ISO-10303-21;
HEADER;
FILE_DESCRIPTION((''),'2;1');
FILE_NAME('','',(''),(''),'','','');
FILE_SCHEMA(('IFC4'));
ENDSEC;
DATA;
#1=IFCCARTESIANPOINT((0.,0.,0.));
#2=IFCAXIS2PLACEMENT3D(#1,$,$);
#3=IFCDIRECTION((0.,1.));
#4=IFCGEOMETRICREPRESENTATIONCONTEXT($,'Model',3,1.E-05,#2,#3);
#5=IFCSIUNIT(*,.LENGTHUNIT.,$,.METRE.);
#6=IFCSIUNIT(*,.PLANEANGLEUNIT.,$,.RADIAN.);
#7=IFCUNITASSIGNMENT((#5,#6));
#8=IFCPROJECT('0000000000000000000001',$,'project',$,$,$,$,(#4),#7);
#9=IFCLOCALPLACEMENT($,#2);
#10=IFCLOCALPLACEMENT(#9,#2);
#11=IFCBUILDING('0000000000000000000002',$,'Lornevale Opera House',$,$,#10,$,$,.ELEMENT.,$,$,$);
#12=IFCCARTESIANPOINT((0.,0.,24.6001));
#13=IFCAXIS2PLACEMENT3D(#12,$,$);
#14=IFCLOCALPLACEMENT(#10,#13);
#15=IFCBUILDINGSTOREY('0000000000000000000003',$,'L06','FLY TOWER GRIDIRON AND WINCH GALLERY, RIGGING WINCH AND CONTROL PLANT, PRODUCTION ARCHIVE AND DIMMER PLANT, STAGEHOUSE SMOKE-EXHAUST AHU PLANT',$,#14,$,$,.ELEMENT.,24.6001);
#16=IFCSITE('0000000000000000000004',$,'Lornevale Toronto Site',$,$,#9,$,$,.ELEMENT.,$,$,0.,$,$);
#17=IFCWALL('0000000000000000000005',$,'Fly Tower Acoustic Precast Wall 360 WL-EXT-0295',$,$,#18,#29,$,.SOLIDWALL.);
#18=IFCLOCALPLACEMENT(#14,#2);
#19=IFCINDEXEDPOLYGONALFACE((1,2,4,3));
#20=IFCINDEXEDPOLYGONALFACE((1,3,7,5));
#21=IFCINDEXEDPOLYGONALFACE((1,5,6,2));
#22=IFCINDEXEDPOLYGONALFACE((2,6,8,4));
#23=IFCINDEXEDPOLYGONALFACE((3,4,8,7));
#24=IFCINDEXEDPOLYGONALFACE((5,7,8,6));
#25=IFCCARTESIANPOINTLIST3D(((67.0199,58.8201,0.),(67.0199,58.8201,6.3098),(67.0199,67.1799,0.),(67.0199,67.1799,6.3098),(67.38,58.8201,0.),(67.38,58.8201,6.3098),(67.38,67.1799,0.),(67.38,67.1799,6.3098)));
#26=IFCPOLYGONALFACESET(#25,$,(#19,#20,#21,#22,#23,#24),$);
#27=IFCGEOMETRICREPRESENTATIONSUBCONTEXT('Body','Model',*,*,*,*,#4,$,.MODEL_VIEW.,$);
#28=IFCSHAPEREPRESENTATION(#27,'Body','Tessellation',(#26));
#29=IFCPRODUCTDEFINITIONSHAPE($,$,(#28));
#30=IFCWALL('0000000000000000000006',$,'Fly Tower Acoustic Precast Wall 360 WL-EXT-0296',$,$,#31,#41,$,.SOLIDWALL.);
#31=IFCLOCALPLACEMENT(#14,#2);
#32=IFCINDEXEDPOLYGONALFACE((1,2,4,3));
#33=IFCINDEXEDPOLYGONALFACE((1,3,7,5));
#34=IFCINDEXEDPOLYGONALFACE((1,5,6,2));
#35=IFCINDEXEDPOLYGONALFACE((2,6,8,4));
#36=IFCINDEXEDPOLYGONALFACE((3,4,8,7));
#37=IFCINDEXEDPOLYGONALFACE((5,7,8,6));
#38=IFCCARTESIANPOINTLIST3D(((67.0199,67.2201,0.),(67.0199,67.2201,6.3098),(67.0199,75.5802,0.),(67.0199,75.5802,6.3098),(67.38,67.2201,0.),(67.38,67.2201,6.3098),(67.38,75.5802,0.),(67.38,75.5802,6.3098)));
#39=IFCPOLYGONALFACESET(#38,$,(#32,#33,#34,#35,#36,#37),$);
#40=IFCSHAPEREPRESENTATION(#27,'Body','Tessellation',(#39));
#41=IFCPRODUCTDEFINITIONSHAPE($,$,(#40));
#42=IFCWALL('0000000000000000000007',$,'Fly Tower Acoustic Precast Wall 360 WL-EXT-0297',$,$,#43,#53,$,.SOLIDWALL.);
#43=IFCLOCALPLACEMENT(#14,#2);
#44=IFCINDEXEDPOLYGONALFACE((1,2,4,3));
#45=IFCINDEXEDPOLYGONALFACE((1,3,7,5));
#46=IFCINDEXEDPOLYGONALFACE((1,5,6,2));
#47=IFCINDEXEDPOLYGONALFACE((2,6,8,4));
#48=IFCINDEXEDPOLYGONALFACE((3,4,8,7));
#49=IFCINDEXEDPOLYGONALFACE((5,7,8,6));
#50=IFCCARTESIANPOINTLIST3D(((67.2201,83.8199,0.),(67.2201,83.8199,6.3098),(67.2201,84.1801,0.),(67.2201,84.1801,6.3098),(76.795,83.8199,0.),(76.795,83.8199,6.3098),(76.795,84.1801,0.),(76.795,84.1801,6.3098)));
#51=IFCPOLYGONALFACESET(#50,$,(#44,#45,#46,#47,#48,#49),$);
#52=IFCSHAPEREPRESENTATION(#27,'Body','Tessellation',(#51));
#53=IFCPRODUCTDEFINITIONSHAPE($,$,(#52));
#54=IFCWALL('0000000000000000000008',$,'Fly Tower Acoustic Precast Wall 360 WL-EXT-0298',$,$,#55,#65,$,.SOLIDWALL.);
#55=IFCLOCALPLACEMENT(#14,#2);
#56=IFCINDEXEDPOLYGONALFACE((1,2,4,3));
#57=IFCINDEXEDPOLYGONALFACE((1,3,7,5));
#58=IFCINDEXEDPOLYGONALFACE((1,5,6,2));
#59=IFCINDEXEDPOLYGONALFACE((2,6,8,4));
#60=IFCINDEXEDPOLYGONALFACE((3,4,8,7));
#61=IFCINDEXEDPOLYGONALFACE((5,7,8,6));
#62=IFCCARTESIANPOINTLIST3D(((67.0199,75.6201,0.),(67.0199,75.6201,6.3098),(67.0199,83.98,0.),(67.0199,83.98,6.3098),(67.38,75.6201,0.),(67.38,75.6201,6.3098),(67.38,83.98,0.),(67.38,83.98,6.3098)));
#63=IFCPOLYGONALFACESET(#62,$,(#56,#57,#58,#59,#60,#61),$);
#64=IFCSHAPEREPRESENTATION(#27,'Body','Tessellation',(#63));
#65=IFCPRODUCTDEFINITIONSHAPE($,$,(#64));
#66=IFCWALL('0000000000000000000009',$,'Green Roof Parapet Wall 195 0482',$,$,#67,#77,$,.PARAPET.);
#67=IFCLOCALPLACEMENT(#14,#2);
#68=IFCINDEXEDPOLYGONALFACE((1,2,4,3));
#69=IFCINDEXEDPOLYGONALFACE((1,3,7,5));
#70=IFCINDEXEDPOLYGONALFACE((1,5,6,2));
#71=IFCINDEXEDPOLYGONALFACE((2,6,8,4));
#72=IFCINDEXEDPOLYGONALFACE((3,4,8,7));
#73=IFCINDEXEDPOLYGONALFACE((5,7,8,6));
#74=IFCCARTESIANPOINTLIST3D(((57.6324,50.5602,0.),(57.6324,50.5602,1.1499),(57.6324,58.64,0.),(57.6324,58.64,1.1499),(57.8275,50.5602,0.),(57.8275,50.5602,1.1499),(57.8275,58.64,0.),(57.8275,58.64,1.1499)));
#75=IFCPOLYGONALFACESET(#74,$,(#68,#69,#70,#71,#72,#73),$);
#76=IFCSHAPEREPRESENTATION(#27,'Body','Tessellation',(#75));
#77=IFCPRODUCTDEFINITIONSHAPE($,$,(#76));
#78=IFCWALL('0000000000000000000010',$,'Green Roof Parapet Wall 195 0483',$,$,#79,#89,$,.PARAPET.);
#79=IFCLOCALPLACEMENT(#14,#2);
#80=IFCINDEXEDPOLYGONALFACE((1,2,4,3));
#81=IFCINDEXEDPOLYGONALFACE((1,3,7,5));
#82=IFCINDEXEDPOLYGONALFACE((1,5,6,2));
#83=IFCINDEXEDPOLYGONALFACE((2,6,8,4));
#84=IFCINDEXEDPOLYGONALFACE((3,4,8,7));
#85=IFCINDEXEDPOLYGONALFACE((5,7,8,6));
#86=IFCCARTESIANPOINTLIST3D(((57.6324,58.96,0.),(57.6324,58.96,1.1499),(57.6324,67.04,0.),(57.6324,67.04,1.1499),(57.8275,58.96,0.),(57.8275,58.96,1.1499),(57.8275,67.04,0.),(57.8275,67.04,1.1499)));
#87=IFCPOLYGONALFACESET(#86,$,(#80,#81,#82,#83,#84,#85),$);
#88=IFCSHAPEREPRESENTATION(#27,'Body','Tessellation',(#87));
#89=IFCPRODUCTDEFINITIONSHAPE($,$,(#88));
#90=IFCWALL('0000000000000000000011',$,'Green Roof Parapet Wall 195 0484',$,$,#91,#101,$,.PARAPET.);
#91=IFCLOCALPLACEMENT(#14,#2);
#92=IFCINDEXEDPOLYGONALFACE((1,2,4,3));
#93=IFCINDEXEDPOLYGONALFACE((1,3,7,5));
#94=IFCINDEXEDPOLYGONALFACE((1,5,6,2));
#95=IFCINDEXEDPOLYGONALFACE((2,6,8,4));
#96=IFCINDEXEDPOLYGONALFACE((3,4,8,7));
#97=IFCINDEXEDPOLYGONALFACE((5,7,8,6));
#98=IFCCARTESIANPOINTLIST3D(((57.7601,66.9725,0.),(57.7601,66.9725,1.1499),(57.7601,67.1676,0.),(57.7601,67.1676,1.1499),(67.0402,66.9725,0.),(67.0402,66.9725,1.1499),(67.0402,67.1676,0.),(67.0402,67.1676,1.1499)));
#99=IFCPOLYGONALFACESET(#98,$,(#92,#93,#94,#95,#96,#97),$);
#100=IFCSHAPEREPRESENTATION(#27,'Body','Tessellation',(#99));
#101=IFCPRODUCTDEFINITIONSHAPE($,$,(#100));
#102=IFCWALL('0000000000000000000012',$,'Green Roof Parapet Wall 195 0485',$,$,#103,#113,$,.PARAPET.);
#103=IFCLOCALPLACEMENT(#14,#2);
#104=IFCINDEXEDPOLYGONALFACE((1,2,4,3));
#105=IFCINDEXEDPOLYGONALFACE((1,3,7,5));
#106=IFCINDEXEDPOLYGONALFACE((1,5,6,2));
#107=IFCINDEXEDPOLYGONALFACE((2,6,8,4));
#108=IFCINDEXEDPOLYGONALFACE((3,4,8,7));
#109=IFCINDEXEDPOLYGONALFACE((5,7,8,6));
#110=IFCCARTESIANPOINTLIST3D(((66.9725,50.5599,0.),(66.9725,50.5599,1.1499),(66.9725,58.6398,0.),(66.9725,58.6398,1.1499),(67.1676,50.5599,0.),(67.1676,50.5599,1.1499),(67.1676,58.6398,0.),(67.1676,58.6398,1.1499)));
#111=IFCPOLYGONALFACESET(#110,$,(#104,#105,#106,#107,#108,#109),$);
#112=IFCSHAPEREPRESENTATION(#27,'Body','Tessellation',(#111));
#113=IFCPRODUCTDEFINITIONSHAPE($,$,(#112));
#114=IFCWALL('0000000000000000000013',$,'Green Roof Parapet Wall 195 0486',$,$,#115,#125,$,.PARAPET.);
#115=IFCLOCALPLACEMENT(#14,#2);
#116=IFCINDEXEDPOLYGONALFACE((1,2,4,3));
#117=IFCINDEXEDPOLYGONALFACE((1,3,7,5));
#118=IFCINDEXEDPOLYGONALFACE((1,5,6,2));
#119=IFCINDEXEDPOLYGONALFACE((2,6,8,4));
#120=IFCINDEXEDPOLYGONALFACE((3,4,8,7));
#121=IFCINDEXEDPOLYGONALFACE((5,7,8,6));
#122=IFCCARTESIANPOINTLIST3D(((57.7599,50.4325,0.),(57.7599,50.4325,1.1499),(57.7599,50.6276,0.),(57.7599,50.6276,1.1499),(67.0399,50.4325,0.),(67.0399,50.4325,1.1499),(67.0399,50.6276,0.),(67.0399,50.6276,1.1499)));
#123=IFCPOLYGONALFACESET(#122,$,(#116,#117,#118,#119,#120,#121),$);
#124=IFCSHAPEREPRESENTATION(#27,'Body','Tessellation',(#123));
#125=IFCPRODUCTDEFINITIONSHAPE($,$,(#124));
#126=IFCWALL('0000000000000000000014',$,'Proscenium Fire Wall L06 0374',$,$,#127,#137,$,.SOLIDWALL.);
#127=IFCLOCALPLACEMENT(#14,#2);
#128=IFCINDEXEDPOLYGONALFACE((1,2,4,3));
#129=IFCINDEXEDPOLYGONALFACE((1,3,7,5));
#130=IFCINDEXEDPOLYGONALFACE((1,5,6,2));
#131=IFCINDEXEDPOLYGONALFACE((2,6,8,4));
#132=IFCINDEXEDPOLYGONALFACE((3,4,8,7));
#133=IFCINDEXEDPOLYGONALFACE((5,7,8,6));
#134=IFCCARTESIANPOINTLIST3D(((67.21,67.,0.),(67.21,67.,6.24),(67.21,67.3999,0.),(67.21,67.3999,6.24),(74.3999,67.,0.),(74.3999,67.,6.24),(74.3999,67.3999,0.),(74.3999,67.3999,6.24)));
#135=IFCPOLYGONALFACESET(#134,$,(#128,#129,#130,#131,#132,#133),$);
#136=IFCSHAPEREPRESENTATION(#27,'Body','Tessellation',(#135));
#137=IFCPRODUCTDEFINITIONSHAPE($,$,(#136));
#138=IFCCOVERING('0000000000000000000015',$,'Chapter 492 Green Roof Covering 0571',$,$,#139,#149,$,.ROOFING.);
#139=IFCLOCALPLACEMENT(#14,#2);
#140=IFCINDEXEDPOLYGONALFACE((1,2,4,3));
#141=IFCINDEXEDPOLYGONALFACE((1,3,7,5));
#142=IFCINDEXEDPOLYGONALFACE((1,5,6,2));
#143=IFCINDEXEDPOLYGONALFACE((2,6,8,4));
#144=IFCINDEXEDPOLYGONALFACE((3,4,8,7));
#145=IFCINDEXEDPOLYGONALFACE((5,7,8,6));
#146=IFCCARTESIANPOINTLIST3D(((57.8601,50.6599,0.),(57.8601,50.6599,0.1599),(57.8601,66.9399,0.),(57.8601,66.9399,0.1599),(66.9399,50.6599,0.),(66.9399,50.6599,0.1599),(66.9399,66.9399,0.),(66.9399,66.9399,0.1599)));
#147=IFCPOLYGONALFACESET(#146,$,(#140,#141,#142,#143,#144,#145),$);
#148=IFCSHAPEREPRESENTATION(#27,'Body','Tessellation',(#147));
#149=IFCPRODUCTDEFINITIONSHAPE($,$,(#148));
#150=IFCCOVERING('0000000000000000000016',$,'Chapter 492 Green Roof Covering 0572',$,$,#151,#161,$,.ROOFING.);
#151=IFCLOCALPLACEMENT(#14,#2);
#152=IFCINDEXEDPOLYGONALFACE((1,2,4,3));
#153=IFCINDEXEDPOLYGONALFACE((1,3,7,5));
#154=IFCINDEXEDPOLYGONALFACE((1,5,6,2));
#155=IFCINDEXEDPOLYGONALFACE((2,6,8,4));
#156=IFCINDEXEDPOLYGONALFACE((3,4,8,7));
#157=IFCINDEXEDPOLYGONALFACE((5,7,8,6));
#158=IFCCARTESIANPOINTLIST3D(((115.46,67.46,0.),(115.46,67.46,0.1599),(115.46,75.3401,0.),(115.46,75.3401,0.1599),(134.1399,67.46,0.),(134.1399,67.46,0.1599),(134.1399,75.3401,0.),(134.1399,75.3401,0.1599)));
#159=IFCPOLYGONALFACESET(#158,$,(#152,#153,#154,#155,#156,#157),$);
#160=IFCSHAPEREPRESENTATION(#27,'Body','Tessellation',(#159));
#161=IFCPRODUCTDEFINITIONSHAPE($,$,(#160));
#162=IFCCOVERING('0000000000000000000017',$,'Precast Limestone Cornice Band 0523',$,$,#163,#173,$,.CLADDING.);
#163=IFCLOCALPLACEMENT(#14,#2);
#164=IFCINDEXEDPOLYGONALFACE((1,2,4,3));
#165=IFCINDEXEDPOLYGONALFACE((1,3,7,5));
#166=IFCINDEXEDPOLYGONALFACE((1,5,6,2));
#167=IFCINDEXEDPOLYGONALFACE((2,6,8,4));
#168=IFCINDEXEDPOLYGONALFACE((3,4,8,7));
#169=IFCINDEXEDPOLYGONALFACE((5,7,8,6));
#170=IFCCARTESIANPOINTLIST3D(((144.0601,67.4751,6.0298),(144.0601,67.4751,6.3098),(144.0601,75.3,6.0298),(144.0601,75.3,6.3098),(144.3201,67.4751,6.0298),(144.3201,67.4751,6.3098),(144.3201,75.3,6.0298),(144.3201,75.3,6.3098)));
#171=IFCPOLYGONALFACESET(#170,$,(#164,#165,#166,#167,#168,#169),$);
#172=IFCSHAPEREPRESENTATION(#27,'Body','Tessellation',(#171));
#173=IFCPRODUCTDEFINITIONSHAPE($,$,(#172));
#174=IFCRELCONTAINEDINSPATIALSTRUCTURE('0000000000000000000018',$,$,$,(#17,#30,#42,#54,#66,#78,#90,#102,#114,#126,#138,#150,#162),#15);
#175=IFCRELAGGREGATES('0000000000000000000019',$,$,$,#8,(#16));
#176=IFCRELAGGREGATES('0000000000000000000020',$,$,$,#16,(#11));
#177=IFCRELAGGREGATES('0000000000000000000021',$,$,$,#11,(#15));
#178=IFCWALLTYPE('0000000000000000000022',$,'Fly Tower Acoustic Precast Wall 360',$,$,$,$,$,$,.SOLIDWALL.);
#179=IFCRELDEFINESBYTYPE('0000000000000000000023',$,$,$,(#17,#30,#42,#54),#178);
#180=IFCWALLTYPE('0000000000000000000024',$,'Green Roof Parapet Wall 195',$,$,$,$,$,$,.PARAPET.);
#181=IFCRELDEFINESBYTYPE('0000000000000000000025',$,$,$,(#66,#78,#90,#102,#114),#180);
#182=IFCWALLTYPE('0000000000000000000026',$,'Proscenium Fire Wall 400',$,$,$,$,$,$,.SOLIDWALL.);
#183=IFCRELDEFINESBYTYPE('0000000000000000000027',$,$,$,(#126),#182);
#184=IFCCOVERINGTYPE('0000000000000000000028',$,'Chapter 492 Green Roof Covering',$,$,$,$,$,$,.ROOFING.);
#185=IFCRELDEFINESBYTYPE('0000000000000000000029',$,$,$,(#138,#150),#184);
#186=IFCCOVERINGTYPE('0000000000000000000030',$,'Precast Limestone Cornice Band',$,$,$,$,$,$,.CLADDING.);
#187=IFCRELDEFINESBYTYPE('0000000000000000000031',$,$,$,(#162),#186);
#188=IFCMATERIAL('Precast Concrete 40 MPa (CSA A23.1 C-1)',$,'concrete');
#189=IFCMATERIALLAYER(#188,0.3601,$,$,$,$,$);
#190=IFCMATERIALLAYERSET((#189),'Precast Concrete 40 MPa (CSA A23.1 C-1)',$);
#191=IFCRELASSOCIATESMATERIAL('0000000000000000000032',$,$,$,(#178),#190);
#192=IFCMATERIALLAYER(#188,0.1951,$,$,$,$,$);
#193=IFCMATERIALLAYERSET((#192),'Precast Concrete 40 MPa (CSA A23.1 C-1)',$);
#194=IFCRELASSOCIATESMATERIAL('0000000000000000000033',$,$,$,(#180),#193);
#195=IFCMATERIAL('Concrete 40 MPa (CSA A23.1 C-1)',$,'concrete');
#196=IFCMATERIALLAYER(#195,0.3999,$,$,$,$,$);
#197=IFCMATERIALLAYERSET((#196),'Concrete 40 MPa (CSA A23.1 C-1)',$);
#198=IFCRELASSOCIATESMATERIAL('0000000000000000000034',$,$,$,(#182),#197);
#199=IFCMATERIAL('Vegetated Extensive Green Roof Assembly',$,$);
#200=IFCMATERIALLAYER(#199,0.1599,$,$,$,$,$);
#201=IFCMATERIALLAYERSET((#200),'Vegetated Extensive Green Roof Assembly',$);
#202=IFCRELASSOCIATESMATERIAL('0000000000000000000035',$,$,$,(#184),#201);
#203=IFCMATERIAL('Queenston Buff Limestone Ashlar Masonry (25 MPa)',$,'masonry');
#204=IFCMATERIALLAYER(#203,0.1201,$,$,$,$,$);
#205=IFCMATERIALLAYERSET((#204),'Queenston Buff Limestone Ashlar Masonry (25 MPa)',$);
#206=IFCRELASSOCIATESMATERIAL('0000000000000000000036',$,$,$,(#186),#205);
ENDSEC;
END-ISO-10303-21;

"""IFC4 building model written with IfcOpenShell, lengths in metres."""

from ifc_helpers import new_model, si_unit, direction, frame, frame_2d, origin, place, context, subcontext, project, spatial, polyline, rectangle, outline, extrude, material, layer, layer_set, type_object, element, save


model = new_model("IFC4")

# Units and contexts
model_context = context("Model", 3, precision=1e-05, world=origin(), true_north=direction((0.0, 1.0)))
body_context = subcontext(model_context, "Body", "Model", "MODEL_VIEW")
ifc_project = project(units=[si_unit("LENGTHUNIT", "METRE"), si_unit("PLANEANGLEUNIT", "RADIAN")], contexts=[model_context])

# Site, building, storey
site_placement = place(None, origin())
site = spatial("IfcSite", under=ifc_project, at=site_placement, Name="Lornevale Toronto Site", CompositionType="ELEMENT", RefElevation=0.0)
building_placement = place(site_placement, origin())
building = spatial("IfcBuilding", under=site, at=building_placement, Name="Lornevale Opera House", CompositionType="ELEMENT")
storey_placement = place(building_placement, frame((0.0, 0.0, 24.6001)))
storey = spatial("IfcBuildingStorey", under=building, at=storey_placement, Name="L06", Description="FLY TOWER GRIDIRON AND WINCH GALLERY, RIGGING WINCH AND CONTROL PLANT, PRODUCTION ARCHIVE AND DIMMER PLANT, STAGEHOUSE SMOKE-EXHAUST AHU PLANT", CompositionType="ELEMENT", Elevation=24.6001)

# Walls
ifc_material_1 = material(Name="Precast Concrete 40 MPa (CSA A23.1 C-1)", Category="concrete")
ifc_layer_1 = layer(ifc_material_1, 0.3601)
ifc_layer_set_1 = layer_set([ifc_layer_1], Name="Precast Concrete 40 MPa (CSA A23.1 C-1)")
wall_type_1 = type_object("IfcWallType", Name="Fly Tower Acoustic Precast Wall 360", PredefinedType="SOLIDWALL", material=ifc_layer_set_1)
wall_1_placement = place(storey_placement, frame((67.2, 58.8201, 0.0), z_axis=(0.0, 0.0, 1.0), x_axis=(0.0, 1.0, 0.0)))
element("IfcWall", 1, at=wall_1_placement, inside=storey, type_object=wall_type_1, Name="Fly Tower Acoustic Precast Wall 360 WL-EXT-0295", PredefinedType="SOLIDWALL", context=body_context, shape_type="SweptSolid", body=[
    extrude(rectangle(XDim=8.3599, YDim=0.3601, at=frame_2d((4.1799, 0.0))), origin(), (0.0, 0.0, 1.0), 6.3098),
])
wall_2_placement = place(storey_placement, frame((67.2, 67.22, 0.0), z_axis=(0.0, 0.0, 1.0), x_axis=(0.0, 1.0, 0.0)))
element("IfcWall", 2, at=wall_2_placement, inside=storey, type_object=wall_type_1, Name="Fly Tower Acoustic Precast Wall 360 WL-EXT-0296", PredefinedType="SOLIDWALL", context=body_context, shape_type="SweptSolid", body=[
    extrude(rectangle(XDim=8.3601, YDim=0.3601, at=frame_2d((4.1802, 0.0))), origin(), (0.0, 0.0, 1.0), 6.3098),
])
wall_3_placement = place(storey_placement, frame((67.22, 84.0, 0.0), z_axis=(0.0, 0.0, 1.0), x_axis=(1.0, 0.0, 0.0)))
element("IfcWall", 3, at=wall_3_placement, inside=storey, type_object=wall_type_1, Name="Fly Tower Acoustic Precast Wall 360 WL-EXT-0297", PredefinedType="SOLIDWALL", context=body_context, shape_type="SweptSolid", body=[
    extrude(rectangle(XDim=9.575, YDim=0.3601, at=frame_2d((4.7876, 0.0))), origin(), (0.0, 0.0, 1.0), 6.3098),
])
wall_4_placement = place(storey_placement, frame((67.2, 75.6201, 0.0), z_axis=(0.0, 0.0, 1.0), x_axis=(0.0, 1.0, 0.0)))
element("IfcWall", 4, at=wall_4_placement, inside=storey, type_object=wall_type_1, Name="Fly Tower Acoustic Precast Wall 360 WL-EXT-0298", PredefinedType="SOLIDWALL", context=body_context, shape_type="SweptSolid", body=[
    extrude(rectangle(XDim=8.3599, YDim=0.3601, at=frame_2d((4.1799, 0.0))), origin(), (0.0, 0.0, 1.0), 6.3098),
])
ifc_layer_2 = layer(ifc_material_1, 0.1951)
ifc_layer_set_2 = layer_set([ifc_layer_2], Name="Precast Concrete 40 MPa (CSA A23.1 C-1)")
wall_type_2 = type_object("IfcWallType", Name="Green Roof Parapet Wall 195", PredefinedType="PARAPET", material=ifc_layer_set_2)
wall_5_placement = place(storey_placement, frame((57.73, 50.5601, 0.0), z_axis=(0.0, 0.0, 1.0), x_axis=(0.0, 1.0, 0.0)))
element("IfcWall", 5, at=wall_5_placement, inside=storey, type_object=wall_type_2, Name="Green Roof Parapet Wall 195 0482", PredefinedType="PARAPET", context=body_context, shape_type="SweptSolid", body=[
    extrude(rectangle(XDim=8.0798, YDim=0.1951, at=frame_2d((4.04, 0.0))), origin(), (0.0, 0.0, 1.0), 1.1499),
])
wall_6_placement = place(storey_placement, frame((57.73, 58.96, 0.0), z_axis=(0.0, 0.0, 1.0), x_axis=(0.0, 1.0, 0.0)))
element("IfcWall", 6, at=wall_6_placement, inside=storey, type_object=wall_type_2, Name="Green Roof Parapet Wall 195 0483", PredefinedType="PARAPET", context=body_context, shape_type="SweptSolid", body=[
    extrude(rectangle(XDim=8.0801, YDim=0.1951, at=frame_2d((4.04, 0.0))), origin(), (0.0, 0.0, 1.0), 1.1499),
])
wall_7_placement = place(storey_placement, frame((57.76, 67.0701, 0.0), z_axis=(0.0, 0.0, 1.0), x_axis=(1.0, 0.0, 0.0)))
element("IfcWall", 7, at=wall_7_placement, inside=storey, type_object=wall_type_2, Name="Green Roof Parapet Wall 195 0484", PredefinedType="PARAPET", context=body_context, shape_type="SweptSolid", body=[
    extrude(rectangle(XDim=9.28, YDim=0.1951, at=frame_2d((4.6401, 0.0))), origin(), (0.0, 0.0, 1.0), 1.1499),
])
wall_8_placement = place(storey_placement, frame((67.0701, 58.6399, 0.0), z_axis=(0.0, 0.0, 1.0), x_axis=(0.0, -1.0, 0.0)))
element("IfcWall", 8, at=wall_8_placement, inside=storey, type_object=wall_type_2, Name="Green Roof Parapet Wall 195 0485", PredefinedType="PARAPET", context=body_context, shape_type="SweptSolid", body=[
    extrude(rectangle(XDim=8.0798, YDim=0.1951, at=frame_2d((4.04, 0.0))), origin(), (0.0, 0.0, 1.0), 1.1499),
])
wall_9_placement = place(storey_placement, frame((67.04, 50.53, 0.0), z_axis=(0.0, 0.0, 1.0), x_axis=(-1.0, 0.0, 0.0)))
element("IfcWall", 9, at=wall_9_placement, inside=storey, type_object=wall_type_2, Name="Green Roof Parapet Wall 195 0486", PredefinedType="PARAPET", context=body_context, shape_type="SweptSolid", body=[
    extrude(rectangle(XDim=9.28, YDim=0.1951, at=frame_2d((4.6401, 0.0))), origin(), (0.0, 0.0, 1.0), 1.1499),
])
ifc_material_2 = material(Name="Concrete 40 MPa (CSA A23.1 C-1)", Category="concrete")
ifc_layer_3 = layer(ifc_material_2, 0.3999)
ifc_layer_set_3 = layer_set([ifc_layer_3], Name="Concrete 40 MPa (CSA A23.1 C-1)")
wall_type_3 = type_object("IfcWallType", Name="Proscenium Fire Wall 400", PredefinedType="SOLIDWALL", material=ifc_layer_set_3)
wall_10_placement = place(storey_placement, frame((67.21, 67.2, 0.0), z_axis=(0.0, 0.0, 1.0), x_axis=(1.0, 0.0, 0.0)))
element("IfcWall", 10, at=wall_10_placement, inside=storey, type_object=wall_type_3, Name="Proscenium Fire Wall L06 0374", PredefinedType="SOLIDWALL", context=body_context, shape_type="SweptSolid", body=[
    extrude(rectangle(XDim=7.1899, YDim=0.3999, at=frame_2d((3.595, 0.0))), origin(), (0.0, 0.0, 1.0), 6.24),
])

# Coverings
ifc_material_3 = material(Name="Vegetated Extensive Green Roof Assembly")
ifc_layer_4 = layer(ifc_material_3, 0.1599)
ifc_layer_set_4 = layer_set([ifc_layer_4], Name="Vegetated Extensive Green Roof Assembly")
covering_type_1 = type_object("IfcCoveringType", Name="Chapter 492 Green Roof Covering", PredefinedType="ROOFING", material=ifc_layer_set_4)
covering_1_placement = place(storey_placement, origin())
element("IfcCovering", 11, at=covering_1_placement, inside=storey, type_object=covering_type_1, Name="Chapter 492 Green Roof Covering 0571", PredefinedType="ROOFING", context=body_context, shape_type="SweptSolid", body=[
    extrude(outline(polyline([(57.8601, 50.6599), (57.8601, 66.9399), (66.9399, 66.9399), (66.9399, 50.6599), (57.8601, 50.6599)])), origin(), (0.0, 0.0, 1.0), 0.1599),
])
covering_2_placement = place(storey_placement, origin())
element("IfcCovering", 12, at=covering_2_placement, inside=storey, type_object=covering_type_1, Name="Chapter 492 Green Roof Covering 0572", PredefinedType="ROOFING", context=body_context, shape_type="SweptSolid", body=[
    extrude(outline(polyline([(115.46, 75.3401), (134.1399, 75.3401), (134.1399, 67.46), (115.46, 67.46), (115.46, 75.3401)])), origin(), (0.0, 0.0, 1.0), 0.1599),
])
ifc_material_4 = material(Name="Queenston Buff Limestone Ashlar Masonry (25 MPa)", Category="masonry")
ifc_layer_5 = layer(ifc_material_4, 0.1201)
ifc_layer_set_5 = layer_set([ifc_layer_5], Name="Queenston Buff Limestone Ashlar Masonry (25 MPa)")
covering_type_2 = type_object("IfcCoveringType", Name="Precast Limestone Cornice Band", PredefinedType="CLADDING", material=ifc_layer_set_5)
covering_3_placement = place(storey_placement, frame((0.0, 0.0, 6.0298)))
element("IfcCovering", 13, at=covering_3_placement, inside=storey, type_object=covering_type_2, Name="Precast Limestone Cornice Band 0523", PredefinedType="CLADDING", context=body_context, shape_type="SweptSolid", body=[
    extrude(outline(polyline([(144.0601, 75.3), (144.0601, 67.4751), (144.3201, 67.4751), (144.3201, 75.3), (144.0601, 75.3)])), origin(), (0.0, 0.0, 1.0), 0.28),
])

save(model, "model.ifc")
